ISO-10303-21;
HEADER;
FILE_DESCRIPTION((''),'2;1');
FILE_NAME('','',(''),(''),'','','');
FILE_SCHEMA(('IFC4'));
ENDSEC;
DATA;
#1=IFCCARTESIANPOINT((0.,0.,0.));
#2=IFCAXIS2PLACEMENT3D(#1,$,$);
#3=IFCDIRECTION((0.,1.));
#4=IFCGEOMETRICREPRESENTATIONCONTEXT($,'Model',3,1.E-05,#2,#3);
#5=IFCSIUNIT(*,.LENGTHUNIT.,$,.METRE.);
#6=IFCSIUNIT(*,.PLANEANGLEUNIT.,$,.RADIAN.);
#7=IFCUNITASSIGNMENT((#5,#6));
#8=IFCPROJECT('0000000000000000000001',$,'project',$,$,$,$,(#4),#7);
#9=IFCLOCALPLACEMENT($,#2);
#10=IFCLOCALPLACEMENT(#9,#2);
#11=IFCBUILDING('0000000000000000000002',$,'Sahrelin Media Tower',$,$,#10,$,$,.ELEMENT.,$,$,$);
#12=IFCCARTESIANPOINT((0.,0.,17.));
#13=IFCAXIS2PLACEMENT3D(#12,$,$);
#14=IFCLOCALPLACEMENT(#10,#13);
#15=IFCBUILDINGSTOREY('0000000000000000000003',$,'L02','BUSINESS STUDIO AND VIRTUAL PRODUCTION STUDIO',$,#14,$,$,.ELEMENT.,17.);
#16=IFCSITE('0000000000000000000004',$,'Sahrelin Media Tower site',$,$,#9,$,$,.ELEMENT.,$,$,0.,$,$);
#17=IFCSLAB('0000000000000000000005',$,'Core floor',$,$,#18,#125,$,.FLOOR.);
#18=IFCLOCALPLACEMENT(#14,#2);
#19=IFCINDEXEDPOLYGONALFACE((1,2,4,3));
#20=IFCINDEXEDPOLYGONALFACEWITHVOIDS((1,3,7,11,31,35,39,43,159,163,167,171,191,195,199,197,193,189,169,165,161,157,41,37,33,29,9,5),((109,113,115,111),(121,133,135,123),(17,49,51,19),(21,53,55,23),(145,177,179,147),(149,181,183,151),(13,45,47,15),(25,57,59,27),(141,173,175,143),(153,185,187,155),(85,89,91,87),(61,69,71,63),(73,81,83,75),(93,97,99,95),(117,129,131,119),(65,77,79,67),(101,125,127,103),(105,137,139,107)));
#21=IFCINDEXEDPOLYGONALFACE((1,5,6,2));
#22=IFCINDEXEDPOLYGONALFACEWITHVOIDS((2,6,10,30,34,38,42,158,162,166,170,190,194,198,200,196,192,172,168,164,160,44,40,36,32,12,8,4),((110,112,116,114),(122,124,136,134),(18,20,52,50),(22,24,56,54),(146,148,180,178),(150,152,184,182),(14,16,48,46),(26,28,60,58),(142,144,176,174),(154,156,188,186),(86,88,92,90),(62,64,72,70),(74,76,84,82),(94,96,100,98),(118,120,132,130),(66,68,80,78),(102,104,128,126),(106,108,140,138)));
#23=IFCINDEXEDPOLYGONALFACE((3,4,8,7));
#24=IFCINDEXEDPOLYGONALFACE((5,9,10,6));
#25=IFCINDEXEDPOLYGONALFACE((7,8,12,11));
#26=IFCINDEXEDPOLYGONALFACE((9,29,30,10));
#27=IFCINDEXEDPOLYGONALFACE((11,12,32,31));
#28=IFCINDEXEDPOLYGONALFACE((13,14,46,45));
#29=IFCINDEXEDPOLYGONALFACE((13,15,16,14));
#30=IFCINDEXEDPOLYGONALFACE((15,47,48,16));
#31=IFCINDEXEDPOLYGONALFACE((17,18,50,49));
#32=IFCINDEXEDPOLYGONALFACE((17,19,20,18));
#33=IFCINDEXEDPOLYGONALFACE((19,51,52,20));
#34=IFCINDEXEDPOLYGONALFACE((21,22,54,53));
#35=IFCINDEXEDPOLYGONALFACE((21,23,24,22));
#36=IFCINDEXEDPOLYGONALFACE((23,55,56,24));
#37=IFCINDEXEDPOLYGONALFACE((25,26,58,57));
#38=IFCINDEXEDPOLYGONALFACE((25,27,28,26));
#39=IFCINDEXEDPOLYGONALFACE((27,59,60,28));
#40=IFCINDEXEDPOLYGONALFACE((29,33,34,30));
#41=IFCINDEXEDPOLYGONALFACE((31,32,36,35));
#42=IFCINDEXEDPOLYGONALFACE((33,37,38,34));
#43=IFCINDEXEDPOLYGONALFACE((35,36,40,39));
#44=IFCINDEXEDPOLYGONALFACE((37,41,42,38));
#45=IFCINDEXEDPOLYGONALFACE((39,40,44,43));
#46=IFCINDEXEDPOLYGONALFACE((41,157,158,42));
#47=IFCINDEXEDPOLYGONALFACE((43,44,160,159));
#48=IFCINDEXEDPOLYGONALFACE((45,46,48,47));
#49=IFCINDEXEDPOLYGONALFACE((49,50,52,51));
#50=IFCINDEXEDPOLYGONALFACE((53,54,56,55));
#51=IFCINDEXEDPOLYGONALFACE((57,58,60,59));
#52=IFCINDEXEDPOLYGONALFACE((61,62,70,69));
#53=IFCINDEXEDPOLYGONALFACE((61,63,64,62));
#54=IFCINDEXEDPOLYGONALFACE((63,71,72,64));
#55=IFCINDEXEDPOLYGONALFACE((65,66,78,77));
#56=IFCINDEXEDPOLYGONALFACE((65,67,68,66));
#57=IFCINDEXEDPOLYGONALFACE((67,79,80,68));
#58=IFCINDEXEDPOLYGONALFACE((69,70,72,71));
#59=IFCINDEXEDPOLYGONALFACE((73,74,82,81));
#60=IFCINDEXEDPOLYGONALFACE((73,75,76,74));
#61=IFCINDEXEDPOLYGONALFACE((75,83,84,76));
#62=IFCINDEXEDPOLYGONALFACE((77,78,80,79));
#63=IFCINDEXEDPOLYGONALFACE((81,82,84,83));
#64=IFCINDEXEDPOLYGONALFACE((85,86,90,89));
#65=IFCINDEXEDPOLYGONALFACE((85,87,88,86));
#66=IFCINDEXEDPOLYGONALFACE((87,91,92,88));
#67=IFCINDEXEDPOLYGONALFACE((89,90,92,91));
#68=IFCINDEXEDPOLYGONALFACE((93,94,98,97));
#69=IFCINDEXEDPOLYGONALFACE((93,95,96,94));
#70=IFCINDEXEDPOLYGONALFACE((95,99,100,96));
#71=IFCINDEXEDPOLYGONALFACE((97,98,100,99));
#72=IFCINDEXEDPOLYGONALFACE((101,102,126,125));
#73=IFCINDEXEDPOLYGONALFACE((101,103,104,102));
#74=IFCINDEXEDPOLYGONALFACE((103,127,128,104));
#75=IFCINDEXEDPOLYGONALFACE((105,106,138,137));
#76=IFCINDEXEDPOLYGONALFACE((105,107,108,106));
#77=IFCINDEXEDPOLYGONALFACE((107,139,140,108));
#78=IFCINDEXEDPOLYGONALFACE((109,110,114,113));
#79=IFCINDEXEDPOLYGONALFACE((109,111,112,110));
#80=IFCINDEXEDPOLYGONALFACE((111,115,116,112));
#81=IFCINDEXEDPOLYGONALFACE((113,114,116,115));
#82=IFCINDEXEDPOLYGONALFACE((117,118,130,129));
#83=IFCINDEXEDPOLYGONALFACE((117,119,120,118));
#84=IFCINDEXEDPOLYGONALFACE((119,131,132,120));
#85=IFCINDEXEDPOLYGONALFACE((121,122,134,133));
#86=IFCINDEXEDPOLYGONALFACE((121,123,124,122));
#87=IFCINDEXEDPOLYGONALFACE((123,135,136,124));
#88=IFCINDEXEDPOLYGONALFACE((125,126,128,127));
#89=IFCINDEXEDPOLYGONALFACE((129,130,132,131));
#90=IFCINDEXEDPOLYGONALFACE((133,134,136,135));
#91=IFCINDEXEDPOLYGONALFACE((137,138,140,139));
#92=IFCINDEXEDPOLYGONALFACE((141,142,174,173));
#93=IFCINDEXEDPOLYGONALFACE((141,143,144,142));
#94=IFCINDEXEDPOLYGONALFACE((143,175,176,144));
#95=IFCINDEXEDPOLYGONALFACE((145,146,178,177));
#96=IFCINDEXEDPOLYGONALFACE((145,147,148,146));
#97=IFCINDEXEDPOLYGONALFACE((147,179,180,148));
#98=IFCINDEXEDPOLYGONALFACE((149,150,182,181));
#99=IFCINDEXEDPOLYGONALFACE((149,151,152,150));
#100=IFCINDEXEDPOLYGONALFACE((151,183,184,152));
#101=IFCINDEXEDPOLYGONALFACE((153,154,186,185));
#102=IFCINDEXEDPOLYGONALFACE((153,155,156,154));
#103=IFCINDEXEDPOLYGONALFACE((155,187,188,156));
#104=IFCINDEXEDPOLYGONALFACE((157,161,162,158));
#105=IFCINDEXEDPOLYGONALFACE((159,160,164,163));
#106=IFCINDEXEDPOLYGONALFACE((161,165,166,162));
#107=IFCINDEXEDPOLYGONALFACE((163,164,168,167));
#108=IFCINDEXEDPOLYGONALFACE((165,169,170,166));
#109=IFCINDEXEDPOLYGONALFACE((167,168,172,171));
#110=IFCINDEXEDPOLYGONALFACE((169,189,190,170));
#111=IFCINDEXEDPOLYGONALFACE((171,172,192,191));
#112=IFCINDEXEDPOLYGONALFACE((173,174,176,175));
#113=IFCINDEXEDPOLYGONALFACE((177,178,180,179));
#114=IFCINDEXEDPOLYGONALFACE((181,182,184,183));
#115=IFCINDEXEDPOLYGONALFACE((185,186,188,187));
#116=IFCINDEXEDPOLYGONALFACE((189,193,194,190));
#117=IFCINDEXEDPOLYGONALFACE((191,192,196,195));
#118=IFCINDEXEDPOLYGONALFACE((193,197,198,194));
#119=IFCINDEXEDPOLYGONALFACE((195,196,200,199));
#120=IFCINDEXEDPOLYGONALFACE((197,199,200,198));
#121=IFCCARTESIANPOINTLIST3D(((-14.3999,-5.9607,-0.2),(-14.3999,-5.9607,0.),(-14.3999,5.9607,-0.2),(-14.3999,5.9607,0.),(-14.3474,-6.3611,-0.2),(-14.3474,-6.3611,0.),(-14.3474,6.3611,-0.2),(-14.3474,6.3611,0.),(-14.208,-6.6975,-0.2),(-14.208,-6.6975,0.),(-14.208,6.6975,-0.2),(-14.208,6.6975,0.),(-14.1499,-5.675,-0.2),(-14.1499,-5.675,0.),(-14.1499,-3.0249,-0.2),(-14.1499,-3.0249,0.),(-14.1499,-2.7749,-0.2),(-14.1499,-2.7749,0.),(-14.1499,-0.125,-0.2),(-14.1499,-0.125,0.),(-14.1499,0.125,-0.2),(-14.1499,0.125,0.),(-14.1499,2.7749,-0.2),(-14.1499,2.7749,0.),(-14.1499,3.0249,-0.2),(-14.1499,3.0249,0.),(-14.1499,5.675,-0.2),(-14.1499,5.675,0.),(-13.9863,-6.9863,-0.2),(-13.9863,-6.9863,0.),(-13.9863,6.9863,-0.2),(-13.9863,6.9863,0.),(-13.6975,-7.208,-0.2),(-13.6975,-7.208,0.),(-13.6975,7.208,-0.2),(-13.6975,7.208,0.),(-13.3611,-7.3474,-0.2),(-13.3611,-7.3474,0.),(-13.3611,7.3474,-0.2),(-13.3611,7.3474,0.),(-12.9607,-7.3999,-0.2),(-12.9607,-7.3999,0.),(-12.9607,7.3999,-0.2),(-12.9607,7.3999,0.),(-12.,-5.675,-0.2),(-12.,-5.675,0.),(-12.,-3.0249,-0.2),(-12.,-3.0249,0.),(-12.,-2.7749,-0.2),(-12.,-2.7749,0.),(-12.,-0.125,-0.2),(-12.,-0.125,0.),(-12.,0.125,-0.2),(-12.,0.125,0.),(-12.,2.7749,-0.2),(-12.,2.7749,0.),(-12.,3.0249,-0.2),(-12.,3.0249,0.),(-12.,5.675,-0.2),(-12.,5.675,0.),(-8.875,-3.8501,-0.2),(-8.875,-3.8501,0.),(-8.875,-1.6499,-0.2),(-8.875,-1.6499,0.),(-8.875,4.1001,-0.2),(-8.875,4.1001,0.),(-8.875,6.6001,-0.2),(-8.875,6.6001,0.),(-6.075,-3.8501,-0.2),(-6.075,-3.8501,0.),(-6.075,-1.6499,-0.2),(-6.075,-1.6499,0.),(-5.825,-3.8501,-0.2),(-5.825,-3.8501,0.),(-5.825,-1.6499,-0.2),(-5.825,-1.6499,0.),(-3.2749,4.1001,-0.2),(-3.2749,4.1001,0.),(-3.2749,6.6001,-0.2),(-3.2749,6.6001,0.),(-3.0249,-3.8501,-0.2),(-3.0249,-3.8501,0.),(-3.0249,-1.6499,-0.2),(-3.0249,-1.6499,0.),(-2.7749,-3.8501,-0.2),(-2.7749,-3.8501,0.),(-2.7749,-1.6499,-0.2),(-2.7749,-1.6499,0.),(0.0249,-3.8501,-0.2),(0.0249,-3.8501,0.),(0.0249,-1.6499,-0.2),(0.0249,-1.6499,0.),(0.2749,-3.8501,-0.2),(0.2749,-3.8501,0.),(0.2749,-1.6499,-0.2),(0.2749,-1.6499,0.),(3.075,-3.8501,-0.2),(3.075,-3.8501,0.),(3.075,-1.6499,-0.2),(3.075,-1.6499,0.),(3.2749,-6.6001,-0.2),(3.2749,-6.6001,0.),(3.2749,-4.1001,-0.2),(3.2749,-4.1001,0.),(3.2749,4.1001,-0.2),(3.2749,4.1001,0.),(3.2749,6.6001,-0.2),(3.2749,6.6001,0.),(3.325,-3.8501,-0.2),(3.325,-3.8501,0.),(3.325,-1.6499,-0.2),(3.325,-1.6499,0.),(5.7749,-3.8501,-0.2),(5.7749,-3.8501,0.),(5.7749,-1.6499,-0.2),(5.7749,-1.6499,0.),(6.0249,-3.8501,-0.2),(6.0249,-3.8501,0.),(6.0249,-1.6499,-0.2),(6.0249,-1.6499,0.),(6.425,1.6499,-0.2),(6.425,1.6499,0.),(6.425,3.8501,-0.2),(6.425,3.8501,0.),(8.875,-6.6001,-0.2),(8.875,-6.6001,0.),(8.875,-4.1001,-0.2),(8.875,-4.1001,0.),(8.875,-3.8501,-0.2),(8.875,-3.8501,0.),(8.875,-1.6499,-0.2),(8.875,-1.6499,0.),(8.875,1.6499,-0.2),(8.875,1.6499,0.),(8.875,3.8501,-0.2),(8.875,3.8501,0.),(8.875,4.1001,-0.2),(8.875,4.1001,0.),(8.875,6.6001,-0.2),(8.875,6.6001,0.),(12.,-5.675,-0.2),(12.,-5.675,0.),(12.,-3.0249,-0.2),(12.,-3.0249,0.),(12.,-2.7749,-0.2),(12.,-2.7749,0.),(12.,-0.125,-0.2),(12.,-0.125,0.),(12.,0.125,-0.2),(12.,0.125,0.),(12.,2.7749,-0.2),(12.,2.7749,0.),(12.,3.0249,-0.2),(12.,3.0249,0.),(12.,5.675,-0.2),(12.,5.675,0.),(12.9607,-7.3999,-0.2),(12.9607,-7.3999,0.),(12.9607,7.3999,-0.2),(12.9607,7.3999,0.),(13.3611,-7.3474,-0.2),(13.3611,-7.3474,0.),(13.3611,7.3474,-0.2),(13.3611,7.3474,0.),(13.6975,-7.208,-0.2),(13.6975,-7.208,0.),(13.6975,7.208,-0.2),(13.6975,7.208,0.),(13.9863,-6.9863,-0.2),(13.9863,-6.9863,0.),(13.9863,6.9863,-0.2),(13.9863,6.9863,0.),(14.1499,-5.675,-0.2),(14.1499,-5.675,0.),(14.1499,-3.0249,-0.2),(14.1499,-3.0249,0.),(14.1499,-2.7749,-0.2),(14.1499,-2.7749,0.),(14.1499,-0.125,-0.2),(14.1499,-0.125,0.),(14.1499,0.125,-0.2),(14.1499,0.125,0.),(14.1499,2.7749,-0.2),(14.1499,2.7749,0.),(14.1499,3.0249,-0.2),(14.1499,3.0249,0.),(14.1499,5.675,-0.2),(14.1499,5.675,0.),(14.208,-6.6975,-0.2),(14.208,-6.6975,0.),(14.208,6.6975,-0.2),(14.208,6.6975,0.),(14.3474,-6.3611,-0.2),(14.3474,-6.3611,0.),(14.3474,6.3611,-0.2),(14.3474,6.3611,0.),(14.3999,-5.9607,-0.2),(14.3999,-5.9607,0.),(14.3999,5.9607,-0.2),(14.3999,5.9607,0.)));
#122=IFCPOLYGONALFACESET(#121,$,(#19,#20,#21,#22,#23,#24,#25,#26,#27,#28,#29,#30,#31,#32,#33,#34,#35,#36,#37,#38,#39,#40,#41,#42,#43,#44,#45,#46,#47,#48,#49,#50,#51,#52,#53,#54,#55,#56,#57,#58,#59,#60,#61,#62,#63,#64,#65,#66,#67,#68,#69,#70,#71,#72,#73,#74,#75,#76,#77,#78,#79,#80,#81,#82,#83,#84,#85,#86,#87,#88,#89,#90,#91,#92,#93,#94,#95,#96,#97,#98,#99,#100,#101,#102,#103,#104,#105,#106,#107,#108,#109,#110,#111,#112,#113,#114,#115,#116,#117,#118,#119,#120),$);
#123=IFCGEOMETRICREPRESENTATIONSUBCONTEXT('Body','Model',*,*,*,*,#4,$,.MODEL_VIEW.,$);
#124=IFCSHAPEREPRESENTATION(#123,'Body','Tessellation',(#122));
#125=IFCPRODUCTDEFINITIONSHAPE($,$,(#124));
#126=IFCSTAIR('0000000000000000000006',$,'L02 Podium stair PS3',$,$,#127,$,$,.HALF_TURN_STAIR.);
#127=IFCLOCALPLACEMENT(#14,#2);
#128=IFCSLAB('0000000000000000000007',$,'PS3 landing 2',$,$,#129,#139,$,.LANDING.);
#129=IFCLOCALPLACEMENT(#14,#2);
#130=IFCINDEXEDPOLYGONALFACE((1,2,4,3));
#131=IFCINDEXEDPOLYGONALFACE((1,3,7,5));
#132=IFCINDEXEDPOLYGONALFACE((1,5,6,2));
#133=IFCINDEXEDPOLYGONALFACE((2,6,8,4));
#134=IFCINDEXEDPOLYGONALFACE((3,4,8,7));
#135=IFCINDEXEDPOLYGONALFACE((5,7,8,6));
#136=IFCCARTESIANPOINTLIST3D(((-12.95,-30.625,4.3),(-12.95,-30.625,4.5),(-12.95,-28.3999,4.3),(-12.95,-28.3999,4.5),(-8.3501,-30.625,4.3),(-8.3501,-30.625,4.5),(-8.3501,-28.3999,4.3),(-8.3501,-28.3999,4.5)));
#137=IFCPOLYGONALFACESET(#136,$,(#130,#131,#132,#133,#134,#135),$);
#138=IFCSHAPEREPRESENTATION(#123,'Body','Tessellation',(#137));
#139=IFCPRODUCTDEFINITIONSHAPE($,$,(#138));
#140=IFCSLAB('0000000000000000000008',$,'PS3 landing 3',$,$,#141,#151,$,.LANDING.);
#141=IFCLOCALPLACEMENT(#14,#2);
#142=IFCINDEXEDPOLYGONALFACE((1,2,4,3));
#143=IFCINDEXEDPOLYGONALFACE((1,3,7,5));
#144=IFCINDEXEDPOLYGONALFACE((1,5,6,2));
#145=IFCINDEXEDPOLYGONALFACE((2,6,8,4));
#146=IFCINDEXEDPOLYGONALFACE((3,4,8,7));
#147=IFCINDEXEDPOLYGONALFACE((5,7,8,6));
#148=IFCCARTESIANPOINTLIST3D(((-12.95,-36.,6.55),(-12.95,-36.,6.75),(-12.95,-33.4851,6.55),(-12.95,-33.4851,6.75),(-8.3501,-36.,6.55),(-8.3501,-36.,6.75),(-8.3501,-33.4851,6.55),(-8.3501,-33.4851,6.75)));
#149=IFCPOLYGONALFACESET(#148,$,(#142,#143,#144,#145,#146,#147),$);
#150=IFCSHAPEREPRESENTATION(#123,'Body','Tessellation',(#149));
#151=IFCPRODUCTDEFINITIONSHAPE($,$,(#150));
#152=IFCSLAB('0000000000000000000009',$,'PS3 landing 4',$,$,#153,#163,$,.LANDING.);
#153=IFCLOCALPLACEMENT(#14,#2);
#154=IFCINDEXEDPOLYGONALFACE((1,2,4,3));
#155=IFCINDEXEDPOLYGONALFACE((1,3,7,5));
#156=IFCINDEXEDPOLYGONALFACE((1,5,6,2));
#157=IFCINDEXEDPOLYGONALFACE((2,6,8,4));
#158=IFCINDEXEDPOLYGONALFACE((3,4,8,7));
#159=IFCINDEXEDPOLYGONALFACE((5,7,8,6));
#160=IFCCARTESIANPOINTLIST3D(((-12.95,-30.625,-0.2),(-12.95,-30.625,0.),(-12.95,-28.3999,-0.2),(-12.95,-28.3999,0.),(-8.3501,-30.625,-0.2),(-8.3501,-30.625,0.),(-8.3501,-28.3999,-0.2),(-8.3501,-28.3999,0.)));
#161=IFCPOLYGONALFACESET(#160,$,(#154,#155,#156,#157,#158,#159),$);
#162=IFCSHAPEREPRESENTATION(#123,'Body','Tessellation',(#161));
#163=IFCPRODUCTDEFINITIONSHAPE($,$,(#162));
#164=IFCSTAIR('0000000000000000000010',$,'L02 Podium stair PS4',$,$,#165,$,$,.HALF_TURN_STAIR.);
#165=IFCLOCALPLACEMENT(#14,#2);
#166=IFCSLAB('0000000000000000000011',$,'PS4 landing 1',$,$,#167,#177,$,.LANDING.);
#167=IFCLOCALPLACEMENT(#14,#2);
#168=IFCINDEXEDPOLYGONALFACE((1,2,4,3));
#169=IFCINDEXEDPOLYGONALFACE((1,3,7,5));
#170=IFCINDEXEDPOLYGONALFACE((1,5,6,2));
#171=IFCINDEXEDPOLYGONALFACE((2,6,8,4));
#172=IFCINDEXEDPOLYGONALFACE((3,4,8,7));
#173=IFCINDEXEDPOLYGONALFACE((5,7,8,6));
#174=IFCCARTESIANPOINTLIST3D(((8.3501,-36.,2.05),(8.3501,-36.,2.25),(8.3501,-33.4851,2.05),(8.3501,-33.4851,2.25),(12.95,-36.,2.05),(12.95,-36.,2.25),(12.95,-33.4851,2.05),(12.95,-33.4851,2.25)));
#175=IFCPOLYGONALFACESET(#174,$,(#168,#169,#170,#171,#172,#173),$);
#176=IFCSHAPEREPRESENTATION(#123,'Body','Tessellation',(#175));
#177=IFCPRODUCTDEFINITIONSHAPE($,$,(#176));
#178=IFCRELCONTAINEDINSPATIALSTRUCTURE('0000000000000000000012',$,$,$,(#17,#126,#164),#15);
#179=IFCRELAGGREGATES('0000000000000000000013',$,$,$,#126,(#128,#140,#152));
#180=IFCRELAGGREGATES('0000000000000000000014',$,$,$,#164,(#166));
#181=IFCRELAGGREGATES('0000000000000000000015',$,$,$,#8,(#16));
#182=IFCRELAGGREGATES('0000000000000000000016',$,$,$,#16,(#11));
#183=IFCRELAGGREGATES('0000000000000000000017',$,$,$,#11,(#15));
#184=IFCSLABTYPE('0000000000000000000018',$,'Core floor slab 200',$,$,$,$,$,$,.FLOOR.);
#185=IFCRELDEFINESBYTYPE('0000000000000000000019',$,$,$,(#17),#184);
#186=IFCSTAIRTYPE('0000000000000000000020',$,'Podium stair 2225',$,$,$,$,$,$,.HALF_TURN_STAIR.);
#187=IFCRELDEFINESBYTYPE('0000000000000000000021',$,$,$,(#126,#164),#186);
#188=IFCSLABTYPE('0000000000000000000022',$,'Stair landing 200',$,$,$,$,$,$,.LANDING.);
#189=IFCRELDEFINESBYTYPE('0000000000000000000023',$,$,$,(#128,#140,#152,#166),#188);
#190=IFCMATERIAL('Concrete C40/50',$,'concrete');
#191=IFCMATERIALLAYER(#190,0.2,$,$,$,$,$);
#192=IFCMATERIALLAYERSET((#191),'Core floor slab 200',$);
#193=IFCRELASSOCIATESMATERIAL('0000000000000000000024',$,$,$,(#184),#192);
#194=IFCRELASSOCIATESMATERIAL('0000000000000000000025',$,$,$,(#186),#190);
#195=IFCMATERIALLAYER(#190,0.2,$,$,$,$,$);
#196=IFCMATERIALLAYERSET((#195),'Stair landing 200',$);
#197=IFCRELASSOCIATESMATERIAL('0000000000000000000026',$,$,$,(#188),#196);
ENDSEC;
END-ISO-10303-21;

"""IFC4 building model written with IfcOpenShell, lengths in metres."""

from ifc_helpers import new_model, si_unit, direction, frame, origin, place, context, subcontext, project, spatial, polyline, outline, extrude, material, layer, layer_set, type_object, element, aggregate, save


model = new_model("IFC4")

# Units and contexts
model_context = context("Model", 3, precision=1e-05, world=origin(), true_north=direction((0.0, 1.0)))
body_context = subcontext(model_context, "Body", "Model", "MODEL_VIEW")
ifc_project = project(units=[si_unit("LENGTHUNIT", "METRE"), si_unit("PLANEANGLEUNIT", "RADIAN")], contexts=[model_context])

# Site, building, storey
site_placement = place(None, origin())
site = spatial("IfcSite", under=ifc_project, at=site_placement, Name="Sahrelin Media Tower site", CompositionType="ELEMENT", RefElevation=0.0)
building_placement = place(site_placement, origin())
building = spatial("IfcBuilding", under=site, at=building_placement, Name="Sahrelin Media Tower", CompositionType="ELEMENT")
storey_placement = place(building_placement, frame((0.0, 0.0, 17.0)))
storey = spatial("IfcBuildingStorey", under=building, at=storey_placement, Name="L02", Description="BUSINESS STUDIO AND VIRTUAL PRODUCTION STUDIO", CompositionType="ELEMENT", Elevation=17.0)

# Slab
ifc_material_1 = material(Name="Concrete C40/50", Category="concrete")
ifc_layer_1 = layer(ifc_material_1, 0.2)
ifc_layer_set_1 = layer_set([ifc_layer_1], Name="Core floor slab 200")
slab_type_1 = type_object("IfcSlabType", Name="Core floor slab 200", PredefinedType="FLOOR", material=ifc_layer_set_1)
placement_1 = place(storey_placement, frame((0.0, 0.0, -0.2)))
element("IfcSlab", 1, at=placement_1, inside=storey, type_object=slab_type_1, Name="Core floor", PredefinedType="FLOOR", context=body_context, shape_type="SweptSolid", body=[
    extrude(outline(polyline([(-13.9863, 6.9863), (-14.208, 6.6975), (-14.3474, 6.3611), (-14.3999, 5.9607), (-14.3999, -5.9607), (-14.3474, -6.3611), (-14.208, -6.6975), (-13.9863, -6.9863), (-13.6975, -7.208), (-13.3611, -7.3474), (-12.9607, -7.3999), (12.9607, -7.3999), (13.3611, -7.3474), (13.6975, -7.208), (13.9863, -6.9863), (14.208, -6.6975), (14.3474, -6.3611), (14.3999, -5.9607), (14.3999, 5.9607), (14.3474, 6.3611), (14.208, 6.6975), (13.9863, 6.9863), (13.6975, 7.208), (13.3611, 7.3474), (12.9607, 7.3999), (-12.9607, 7.3999), (-13.3611, 7.3474), (-13.6975, 7.208), (-13.9863, 6.9863)]), holes=[polyline([(-14.1499, 5.675), (-14.1499, 3.0249), (-12.0, 3.0249), (-12.0, 5.675), (-14.1499, 5.675)]), polyline([(-12.0, 2.7749), (-14.1499, 2.7749), (-14.1499, 0.125), (-12.0, 0.125), (-12.0, 2.7749)]), polyline([(-12.0, -2.7749), (-12.0, -0.125), (-14.1499, -0.125), (-14.1499, -2.7749), (-12.0, -2.7749)]), polyline([(-14.1499, -5.675), (-12.0, -5.675), (-12.0, -3.0249), (-14.1499, -3.0249), (-14.1499, -5.675)]), polyline([(12.0, 5.675), (12.0, 3.0249), (14.1499, 3.0249), (14.1499, 5.675), (12.0, 5.675)]), polyline([(14.1499, 2.7749), (12.0, 2.7749), (12.0, 0.125), (14.1499, 0.125), (14.1499, 2.7749)]), polyline([(14.1499, -2.7749), (14.1499, -0.125), (12.0, -0.125), (12.0, -2.7749), (14.1499, -2.7749)]), polyline([(12.0, -5.675), (14.1499, -5.675), (14.1499, -3.0249), (12.0, -3.0249), (12.0, -5.675)]), polyline([(6.425, 3.8501), (6.425, 1.6499), (8.875, 1.6499), (8.875, 3.8501), (6.425, 3.8501)]), polyline([(-6.075, -1.6499), (-8.875, -1.6499), (-8.875, -3.8501), (-6.075, -3.8501), (-6.075, -1.6499)]), polyline([(-3.0249, -3.8501), (-3.0249, -1.6499), (-5.825, -1.6499), (-5.825, -3.8501), (-3.0249, -3.8501)]), polyline([(-2.7749, -3.8501), (0.0249, -3.8501), (0.0249, -1.6499), (-2.7749, -1.6499), (-2.7749, -3.8501)]), polyline([(0.2749, -1.6499), (0.2749, -3.8501), (3.075, -3.8501), (3.075, -1.6499), (0.2749, -1.6499)]), polyline([(5.7749, -1.6499), (3.325, -1.6499), (3.325, -3.8501), (5.7749, -3.8501), (5.7749, -1.6499)]), polyline([(8.875, -3.8501), (8.875, -1.6499), (6.0249, -1.6499), (6.0249, -3.8501), (8.875, -3.8501)]), polyline([(-8.875, 6.6001), (-8.875, 4.1001), (-3.2749, 4.1001), (-3.2749, 6.6001), (-8.875, 6.6001)]), polyline([(3.2749, 4.1001), (8.875, 4.1001), (8.875, 6.6001), (3.2749, 6.6001), (3.2749, 4.1001)]), polyline([(3.2749, -4.1001), (3.2749, -6.6001), (8.875, -6.6001), (8.875, -4.1001), (3.2749, -4.1001)])]), origin(), (0.0, 0.0, 1.0), 0.2),
])

# Stairs, slabs
stair_type = type_object("IfcStairType", Name="Podium stair 2225", PredefinedType="HALF_TURN_STAIR", material=ifc_material_1)
placement_2 = place(storey_placement, origin())
stair_1 = element("IfcStair", 2, at=placement_2, inside=storey, type_object=stair_type, Name="L02 Podium stair PS3", PredefinedType="HALF_TURN_STAIR")
ifc_layer_2 = layer(ifc_material_1, 0.2)
ifc_layer_set_2 = layer_set([ifc_layer_2], Name="Stair landing 200")
slab_type_2 = type_object("IfcSlabType", Name="Stair landing 200", PredefinedType="LANDING", material=ifc_layer_set_2)
placement_3 = place(storey_placement, frame((0.0, 0.0, 4.3)))
slab_1 = element("IfcSlab", 3, at=placement_3, type_object=slab_type_2, Name="PS3 landing 2", PredefinedType="LANDING", context=body_context, shape_type="SweptSolid", body=[
    extrude(outline(polyline([(-12.95, -28.3999), (-12.95, -30.625), (-8.3501, -30.625), (-8.3501, -28.3999), (-12.95, -28.3999)])), origin(), (0.0, 0.0, 1.0), 0.2),
])
placement_4 = place(storey_placement, frame((0.0, 0.0, 6.55)))
slab_2 = element("IfcSlab", 4, at=placement_4, type_object=slab_type_2, Name="PS3 landing 3", PredefinedType="LANDING", context=body_context, shape_type="SweptSolid", body=[
    extrude(outline(polyline([(-12.95, -33.4851), (-12.95, -36.0), (-8.3501, -36.0), (-8.3501, -33.4851), (-12.95, -33.4851)])), origin(), (0.0, 0.0, 1.0), 0.2),
])
slab_3 = element("IfcSlab", 5, at=placement_1, type_object=slab_type_2, Name="PS3 landing 4", PredefinedType="LANDING", context=body_context, shape_type="SweptSolid", body=[
    extrude(outline(polyline([(-12.95, -28.3999), (-12.95, -30.625), (-8.3501, -30.625), (-8.3501, -28.3999), (-12.95, -28.3999)])), origin(), (0.0, 0.0, 1.0), 0.2),
])
aggregate(stair_1, [slab_1, slab_2, slab_3])
stair_2 = element("IfcStair", 6, at=placement_2, inside=storey, type_object=stair_type, Name="L02 Podium stair PS4", PredefinedType="HALF_TURN_STAIR")
slab_4_placement = place(storey_placement, frame((0.0, 0.0, 2.05)))
slab_4 = element("IfcSlab", 7, at=slab_4_placement, type_object=slab_type_2, Name="PS4 landing 1", PredefinedType="LANDING", context=body_context, shape_type="SweptSolid", body=[
    extrude(outline(polyline([(8.3501, -33.4851), (8.3501, -36.0), (12.95, -36.0), (12.95, -33.4851), (8.3501, -33.4851)])), origin(), (0.0, 0.0, 1.0), 0.2),
])
aggregate(stair_2, [slab_4])

save(model, "model.ifc")
